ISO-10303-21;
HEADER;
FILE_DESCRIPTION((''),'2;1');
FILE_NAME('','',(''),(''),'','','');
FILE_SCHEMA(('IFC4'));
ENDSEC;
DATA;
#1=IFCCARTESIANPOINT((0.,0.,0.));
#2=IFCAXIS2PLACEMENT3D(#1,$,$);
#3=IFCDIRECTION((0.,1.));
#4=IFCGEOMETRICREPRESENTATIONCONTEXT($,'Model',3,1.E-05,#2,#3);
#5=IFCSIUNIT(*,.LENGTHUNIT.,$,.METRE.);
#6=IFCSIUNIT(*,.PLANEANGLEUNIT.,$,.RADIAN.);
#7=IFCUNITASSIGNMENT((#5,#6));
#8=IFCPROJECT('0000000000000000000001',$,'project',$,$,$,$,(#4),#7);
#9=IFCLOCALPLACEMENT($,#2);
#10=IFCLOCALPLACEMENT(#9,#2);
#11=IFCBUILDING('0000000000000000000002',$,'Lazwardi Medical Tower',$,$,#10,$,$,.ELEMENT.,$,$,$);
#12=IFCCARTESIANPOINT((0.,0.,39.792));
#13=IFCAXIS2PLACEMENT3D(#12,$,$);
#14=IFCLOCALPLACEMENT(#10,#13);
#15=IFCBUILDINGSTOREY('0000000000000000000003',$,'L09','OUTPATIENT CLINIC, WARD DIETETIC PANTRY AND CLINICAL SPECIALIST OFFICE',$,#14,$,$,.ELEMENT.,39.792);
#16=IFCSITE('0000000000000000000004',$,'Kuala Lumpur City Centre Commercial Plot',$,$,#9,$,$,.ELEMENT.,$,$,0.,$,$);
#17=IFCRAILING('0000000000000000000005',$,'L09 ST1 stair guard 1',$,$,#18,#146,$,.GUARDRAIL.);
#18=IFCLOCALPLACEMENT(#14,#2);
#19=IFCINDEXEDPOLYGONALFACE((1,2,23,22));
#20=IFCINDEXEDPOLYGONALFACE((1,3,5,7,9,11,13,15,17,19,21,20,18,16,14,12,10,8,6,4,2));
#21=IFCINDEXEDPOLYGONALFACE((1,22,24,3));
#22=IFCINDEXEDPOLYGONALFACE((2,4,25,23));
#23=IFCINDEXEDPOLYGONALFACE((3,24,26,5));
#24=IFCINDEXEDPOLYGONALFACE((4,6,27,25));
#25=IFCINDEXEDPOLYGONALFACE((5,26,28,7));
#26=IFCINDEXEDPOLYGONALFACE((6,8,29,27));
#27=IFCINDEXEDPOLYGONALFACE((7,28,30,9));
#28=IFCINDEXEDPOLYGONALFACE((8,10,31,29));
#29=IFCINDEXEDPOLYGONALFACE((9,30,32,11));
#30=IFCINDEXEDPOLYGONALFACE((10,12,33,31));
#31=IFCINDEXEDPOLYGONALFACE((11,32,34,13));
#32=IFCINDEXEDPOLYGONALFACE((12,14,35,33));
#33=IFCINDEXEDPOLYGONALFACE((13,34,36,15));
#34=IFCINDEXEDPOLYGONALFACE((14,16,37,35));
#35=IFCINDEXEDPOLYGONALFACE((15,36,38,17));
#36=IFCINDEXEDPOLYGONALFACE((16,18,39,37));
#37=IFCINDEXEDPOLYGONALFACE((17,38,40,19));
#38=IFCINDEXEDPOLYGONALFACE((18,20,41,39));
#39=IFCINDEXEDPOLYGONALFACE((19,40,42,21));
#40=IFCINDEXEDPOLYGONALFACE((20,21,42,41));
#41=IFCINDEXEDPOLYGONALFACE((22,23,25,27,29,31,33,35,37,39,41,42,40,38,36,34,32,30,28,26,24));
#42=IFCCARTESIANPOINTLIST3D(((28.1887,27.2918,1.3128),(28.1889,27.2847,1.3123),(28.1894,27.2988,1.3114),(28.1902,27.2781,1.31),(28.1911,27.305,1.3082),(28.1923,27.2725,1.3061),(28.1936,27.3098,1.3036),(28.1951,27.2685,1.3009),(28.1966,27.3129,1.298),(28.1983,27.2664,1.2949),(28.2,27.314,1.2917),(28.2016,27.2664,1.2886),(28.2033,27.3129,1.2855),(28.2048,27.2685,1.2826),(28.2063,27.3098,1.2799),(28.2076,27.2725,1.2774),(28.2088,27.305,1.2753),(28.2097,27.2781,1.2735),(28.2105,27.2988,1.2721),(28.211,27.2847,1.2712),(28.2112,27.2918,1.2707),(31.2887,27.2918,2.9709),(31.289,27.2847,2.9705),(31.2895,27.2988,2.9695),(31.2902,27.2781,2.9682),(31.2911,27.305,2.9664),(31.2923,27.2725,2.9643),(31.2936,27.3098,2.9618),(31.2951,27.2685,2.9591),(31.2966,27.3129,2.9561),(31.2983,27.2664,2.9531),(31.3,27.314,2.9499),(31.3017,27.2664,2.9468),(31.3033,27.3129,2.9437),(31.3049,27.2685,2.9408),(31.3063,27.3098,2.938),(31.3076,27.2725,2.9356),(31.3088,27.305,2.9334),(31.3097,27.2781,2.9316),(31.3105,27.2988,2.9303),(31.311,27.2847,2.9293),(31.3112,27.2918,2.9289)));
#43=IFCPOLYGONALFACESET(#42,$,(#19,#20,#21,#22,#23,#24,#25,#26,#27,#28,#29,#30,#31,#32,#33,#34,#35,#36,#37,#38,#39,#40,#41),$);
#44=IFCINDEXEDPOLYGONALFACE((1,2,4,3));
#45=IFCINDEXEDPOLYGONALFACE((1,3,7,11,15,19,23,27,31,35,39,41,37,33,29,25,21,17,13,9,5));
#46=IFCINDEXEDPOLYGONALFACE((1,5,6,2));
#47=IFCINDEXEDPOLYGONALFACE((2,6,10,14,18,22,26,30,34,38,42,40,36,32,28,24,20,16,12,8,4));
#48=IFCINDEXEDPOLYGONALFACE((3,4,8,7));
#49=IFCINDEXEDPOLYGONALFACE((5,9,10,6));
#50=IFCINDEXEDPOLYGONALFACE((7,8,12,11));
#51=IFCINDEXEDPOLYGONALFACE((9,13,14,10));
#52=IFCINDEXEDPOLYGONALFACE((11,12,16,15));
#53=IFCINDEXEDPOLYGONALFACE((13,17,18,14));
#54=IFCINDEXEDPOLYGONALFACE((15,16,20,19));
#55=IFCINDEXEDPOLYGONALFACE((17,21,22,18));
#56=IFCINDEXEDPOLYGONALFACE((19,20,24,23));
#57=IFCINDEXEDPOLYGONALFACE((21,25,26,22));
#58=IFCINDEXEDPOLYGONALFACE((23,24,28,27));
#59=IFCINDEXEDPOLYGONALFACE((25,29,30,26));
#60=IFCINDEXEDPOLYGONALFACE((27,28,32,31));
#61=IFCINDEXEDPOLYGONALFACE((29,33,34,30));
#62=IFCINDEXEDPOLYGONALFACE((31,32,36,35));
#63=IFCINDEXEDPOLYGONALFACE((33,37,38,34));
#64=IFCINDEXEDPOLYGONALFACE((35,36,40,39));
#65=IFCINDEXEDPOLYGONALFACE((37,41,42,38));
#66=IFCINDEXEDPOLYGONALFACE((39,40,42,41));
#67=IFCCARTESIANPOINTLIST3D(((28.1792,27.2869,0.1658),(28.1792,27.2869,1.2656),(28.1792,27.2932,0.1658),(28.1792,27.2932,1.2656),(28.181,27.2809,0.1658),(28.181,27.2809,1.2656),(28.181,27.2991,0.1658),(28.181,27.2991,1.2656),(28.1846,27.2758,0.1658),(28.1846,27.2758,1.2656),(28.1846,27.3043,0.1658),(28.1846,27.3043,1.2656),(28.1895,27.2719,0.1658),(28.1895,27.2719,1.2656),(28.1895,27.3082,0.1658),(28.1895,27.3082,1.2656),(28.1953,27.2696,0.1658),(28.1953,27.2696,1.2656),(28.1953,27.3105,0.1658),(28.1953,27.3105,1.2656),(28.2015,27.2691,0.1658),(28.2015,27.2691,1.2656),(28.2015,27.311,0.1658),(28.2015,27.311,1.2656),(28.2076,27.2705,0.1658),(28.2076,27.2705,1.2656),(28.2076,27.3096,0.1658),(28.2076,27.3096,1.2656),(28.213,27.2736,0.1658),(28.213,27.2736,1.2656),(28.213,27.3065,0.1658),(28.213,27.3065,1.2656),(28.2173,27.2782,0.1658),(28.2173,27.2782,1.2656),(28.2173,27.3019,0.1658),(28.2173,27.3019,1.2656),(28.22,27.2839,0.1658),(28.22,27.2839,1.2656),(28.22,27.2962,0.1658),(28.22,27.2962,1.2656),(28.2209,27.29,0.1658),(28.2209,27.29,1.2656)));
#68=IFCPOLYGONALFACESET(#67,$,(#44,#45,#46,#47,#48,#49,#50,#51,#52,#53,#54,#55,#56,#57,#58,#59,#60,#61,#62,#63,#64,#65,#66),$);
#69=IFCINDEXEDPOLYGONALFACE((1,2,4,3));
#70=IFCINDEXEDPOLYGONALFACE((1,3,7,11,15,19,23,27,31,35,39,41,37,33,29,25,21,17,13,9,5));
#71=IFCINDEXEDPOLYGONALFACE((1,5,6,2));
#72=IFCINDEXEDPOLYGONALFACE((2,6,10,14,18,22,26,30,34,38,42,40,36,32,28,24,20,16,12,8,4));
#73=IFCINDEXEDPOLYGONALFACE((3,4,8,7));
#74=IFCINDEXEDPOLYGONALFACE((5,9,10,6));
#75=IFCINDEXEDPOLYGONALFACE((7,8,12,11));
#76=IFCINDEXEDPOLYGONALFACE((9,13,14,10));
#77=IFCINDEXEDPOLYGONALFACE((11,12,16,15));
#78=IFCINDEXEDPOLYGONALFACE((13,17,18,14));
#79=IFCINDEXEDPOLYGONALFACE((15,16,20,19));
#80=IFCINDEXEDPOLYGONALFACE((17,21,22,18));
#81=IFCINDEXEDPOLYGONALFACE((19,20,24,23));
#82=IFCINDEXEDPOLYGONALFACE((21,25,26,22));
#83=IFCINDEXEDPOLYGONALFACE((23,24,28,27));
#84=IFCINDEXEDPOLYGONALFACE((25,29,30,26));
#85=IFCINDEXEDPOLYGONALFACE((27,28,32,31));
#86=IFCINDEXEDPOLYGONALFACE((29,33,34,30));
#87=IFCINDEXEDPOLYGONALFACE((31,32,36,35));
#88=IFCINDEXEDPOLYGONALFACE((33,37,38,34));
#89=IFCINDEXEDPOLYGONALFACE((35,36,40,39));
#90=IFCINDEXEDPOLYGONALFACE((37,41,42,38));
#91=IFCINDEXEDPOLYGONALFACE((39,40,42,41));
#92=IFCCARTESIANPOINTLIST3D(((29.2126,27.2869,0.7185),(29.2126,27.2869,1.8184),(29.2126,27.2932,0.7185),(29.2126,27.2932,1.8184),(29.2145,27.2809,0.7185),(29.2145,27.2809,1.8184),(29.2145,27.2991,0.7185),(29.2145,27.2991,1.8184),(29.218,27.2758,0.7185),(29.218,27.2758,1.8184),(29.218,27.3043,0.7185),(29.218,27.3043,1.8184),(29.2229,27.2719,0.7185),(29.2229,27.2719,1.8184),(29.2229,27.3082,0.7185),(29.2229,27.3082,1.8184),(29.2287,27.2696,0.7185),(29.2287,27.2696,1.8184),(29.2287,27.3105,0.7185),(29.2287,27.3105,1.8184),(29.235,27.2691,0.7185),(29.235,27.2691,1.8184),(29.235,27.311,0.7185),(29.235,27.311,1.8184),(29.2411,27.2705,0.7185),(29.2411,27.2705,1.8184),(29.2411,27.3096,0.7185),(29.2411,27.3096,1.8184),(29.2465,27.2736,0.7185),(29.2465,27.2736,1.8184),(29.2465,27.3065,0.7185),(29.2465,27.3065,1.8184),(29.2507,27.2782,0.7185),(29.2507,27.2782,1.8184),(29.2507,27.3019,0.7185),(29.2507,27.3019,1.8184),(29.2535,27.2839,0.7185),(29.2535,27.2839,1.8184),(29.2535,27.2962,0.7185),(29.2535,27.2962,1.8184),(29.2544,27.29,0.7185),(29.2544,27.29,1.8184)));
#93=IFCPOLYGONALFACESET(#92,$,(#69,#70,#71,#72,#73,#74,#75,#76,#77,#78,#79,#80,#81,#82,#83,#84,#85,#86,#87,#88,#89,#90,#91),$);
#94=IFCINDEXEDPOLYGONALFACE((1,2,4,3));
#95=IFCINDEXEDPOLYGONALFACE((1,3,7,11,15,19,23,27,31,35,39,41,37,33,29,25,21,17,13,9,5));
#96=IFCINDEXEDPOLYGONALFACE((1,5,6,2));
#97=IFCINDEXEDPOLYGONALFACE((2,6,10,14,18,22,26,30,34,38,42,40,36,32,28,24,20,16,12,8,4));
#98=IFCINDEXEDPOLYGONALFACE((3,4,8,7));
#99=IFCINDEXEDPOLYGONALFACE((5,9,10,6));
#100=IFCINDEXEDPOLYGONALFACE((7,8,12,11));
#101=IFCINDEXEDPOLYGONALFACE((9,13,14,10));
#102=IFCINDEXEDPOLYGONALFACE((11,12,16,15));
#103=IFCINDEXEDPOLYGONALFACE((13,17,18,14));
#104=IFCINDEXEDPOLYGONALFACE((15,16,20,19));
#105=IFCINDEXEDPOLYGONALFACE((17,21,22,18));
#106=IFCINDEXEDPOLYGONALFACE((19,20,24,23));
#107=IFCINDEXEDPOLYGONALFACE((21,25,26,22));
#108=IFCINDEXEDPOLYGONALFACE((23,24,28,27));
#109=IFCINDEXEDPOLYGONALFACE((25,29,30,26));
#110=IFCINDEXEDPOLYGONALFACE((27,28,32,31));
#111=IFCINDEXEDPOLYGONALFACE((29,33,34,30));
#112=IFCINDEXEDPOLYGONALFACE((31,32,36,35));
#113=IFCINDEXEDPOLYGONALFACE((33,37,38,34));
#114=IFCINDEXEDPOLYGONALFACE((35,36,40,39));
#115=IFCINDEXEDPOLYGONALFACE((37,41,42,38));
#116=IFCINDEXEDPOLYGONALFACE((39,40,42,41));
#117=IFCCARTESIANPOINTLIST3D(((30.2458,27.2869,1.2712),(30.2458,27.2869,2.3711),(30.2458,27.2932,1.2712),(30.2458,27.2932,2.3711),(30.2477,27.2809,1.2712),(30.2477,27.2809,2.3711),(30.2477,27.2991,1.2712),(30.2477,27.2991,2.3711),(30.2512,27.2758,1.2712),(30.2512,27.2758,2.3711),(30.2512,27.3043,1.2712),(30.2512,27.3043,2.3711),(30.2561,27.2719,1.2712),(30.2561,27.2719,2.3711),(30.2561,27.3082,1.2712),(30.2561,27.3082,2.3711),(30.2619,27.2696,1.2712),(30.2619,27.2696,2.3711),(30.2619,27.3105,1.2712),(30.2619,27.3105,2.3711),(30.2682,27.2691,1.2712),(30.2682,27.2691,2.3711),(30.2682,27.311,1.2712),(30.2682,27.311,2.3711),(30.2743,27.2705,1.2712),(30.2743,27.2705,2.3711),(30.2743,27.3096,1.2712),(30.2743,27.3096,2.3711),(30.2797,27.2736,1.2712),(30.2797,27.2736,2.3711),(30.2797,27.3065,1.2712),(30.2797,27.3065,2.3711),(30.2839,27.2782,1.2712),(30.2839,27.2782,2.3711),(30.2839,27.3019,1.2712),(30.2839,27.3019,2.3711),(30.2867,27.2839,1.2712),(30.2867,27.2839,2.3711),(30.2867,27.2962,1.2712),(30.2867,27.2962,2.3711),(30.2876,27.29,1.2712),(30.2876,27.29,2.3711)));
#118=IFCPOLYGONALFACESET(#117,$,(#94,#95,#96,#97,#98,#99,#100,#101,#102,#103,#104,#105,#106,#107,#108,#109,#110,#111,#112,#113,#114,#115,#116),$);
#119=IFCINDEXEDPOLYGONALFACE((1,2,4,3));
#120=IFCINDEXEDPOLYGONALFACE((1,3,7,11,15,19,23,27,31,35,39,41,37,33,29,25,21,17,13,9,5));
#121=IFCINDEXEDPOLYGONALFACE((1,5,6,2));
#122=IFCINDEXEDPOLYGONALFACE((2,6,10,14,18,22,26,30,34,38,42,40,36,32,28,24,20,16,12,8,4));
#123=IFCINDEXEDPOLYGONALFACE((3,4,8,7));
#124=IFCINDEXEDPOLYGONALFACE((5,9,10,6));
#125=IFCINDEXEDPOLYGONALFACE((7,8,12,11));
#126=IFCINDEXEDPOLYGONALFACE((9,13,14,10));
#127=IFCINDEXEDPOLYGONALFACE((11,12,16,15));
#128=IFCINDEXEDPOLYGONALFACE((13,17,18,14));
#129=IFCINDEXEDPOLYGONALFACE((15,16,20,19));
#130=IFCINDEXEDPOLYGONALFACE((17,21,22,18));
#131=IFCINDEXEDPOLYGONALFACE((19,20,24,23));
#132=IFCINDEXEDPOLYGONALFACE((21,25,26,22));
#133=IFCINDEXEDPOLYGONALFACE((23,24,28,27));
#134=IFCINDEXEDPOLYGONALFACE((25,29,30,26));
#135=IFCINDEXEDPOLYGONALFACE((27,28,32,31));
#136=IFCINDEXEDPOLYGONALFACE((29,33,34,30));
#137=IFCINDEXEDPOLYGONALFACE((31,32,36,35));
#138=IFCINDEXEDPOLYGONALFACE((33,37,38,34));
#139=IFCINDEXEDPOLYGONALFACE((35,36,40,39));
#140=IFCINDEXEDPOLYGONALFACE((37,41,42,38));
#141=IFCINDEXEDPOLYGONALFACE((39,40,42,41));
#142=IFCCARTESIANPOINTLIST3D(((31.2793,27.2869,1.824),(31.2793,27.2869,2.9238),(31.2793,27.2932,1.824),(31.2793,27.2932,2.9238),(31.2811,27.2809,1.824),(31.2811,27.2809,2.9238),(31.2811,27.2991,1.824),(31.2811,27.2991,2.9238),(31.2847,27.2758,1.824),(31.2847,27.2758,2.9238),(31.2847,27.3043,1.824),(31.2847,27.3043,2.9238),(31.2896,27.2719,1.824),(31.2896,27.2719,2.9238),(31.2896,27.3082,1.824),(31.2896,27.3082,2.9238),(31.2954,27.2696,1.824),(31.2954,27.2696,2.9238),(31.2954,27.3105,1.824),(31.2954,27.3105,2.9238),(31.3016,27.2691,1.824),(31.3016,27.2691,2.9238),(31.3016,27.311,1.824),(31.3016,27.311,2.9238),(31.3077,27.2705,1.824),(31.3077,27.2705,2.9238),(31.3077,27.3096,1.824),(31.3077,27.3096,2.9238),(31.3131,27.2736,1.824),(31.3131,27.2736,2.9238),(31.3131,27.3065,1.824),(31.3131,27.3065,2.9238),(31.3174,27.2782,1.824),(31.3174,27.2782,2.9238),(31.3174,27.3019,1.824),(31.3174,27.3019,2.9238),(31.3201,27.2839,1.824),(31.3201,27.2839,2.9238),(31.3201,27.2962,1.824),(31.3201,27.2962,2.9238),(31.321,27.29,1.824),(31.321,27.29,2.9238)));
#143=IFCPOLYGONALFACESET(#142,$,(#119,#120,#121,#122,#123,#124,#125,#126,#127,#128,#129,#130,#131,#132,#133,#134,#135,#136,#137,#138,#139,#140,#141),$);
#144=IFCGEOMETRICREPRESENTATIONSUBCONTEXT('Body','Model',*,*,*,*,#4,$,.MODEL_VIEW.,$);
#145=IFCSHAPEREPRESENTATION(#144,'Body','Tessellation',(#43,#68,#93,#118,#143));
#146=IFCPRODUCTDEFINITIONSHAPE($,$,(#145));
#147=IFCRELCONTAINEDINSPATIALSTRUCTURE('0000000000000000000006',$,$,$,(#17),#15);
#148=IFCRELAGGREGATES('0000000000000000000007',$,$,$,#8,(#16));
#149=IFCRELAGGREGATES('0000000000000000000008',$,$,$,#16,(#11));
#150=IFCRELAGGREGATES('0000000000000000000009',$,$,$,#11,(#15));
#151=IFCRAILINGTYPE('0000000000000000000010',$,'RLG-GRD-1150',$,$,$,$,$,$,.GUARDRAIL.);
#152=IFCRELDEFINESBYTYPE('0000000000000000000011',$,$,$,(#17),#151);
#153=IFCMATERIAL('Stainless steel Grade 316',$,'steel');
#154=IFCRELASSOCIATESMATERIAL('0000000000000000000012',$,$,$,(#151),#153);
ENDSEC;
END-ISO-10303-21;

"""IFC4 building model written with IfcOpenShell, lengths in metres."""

from ifc_helpers import new_model, si_unit, direction, frame, origin, origin_2d, place, context, subcontext, project, spatial, circle, extrude, material, type_object, element, save


model = new_model("IFC4")

# Units and contexts
model_context = context("Model", 3, precision=1e-05, world=origin(), true_north=direction((0.0, 1.0)))
body_context = subcontext(model_context, "Body", "Model", "MODEL_VIEW")
ifc_project = project(units=[si_unit("LENGTHUNIT", "METRE"), si_unit("PLANEANGLEUNIT", "RADIAN")], contexts=[model_context])

# Site, building, storey
site_placement = place(None, origin())
site = spatial("IfcSite", under=ifc_project, at=site_placement, Name="Kuala Lumpur City Centre Commercial Plot", CompositionType="ELEMENT", RefElevation=0.0)
building_placement = place(site_placement, origin())
building = spatial("IfcBuilding", under=site, at=building_placement, Name="Lazwardi Medical Tower", CompositionType="ELEMENT")
storey_placement = place(building_placement, frame((0.0, 0.0, 39.792)))
storey = spatial("IfcBuildingStorey", under=building, at=storey_placement, Name="L09", Description="OUTPATIENT CLINIC, WARD DIETETIC PANTRY AND CLINICAL SPECIALIST OFFICE", CompositionType="ELEMENT", Elevation=39.792)

# Railing
ifc_material_1 = material(Name="Stainless steel Grade 316", Category="steel")
railing_type_1 = type_object("IfcRailingType", Name="RLG-GRD-1150", PredefinedType="GUARDRAIL", material=ifc_material_1)
railing_1_placement = place(storey_placement, frame((28.2, 27.29, 0.1658)))
element("IfcRailing", 1, at=railing_1_placement, inside=storey, type_object=railing_type_1, Name="L09 ST1 stair guard 1", PredefinedType="GUARDRAIL", context=body_context, shape_type="SweptSolid", body=[
    extrude(circle(Radius=0.0239, at=origin_2d()), frame((0.0, 0.0, 1.126), z_axis=(0.881783, 0.0, 0.471655), x_axis=(0.0, 1.0, 0.0)), (0.0, 0.0, 1.0), 3.5156),
    extrude(circle(Radius=0.021, at=origin_2d()), origin(), (0.0, 0.0, 1.0), 1.0999),
    extrude(circle(Radius=0.021, at=origin_2d()), frame((1.0334, 0.0, 0.5527)), (0.0, 0.0, 1.0), 1.0999),
    extrude(circle(Radius=0.021, at=origin_2d()), frame((2.0667, 0.0, 1.1055)), (0.0, 0.0, 1.0), 1.0999),
    extrude(circle(Radius=0.021, at=origin_2d()), frame((3.1001, 0.0, 1.6582)), (0.0, 0.0, 1.0), 1.0999),
])

save(model, "model.ifc")
